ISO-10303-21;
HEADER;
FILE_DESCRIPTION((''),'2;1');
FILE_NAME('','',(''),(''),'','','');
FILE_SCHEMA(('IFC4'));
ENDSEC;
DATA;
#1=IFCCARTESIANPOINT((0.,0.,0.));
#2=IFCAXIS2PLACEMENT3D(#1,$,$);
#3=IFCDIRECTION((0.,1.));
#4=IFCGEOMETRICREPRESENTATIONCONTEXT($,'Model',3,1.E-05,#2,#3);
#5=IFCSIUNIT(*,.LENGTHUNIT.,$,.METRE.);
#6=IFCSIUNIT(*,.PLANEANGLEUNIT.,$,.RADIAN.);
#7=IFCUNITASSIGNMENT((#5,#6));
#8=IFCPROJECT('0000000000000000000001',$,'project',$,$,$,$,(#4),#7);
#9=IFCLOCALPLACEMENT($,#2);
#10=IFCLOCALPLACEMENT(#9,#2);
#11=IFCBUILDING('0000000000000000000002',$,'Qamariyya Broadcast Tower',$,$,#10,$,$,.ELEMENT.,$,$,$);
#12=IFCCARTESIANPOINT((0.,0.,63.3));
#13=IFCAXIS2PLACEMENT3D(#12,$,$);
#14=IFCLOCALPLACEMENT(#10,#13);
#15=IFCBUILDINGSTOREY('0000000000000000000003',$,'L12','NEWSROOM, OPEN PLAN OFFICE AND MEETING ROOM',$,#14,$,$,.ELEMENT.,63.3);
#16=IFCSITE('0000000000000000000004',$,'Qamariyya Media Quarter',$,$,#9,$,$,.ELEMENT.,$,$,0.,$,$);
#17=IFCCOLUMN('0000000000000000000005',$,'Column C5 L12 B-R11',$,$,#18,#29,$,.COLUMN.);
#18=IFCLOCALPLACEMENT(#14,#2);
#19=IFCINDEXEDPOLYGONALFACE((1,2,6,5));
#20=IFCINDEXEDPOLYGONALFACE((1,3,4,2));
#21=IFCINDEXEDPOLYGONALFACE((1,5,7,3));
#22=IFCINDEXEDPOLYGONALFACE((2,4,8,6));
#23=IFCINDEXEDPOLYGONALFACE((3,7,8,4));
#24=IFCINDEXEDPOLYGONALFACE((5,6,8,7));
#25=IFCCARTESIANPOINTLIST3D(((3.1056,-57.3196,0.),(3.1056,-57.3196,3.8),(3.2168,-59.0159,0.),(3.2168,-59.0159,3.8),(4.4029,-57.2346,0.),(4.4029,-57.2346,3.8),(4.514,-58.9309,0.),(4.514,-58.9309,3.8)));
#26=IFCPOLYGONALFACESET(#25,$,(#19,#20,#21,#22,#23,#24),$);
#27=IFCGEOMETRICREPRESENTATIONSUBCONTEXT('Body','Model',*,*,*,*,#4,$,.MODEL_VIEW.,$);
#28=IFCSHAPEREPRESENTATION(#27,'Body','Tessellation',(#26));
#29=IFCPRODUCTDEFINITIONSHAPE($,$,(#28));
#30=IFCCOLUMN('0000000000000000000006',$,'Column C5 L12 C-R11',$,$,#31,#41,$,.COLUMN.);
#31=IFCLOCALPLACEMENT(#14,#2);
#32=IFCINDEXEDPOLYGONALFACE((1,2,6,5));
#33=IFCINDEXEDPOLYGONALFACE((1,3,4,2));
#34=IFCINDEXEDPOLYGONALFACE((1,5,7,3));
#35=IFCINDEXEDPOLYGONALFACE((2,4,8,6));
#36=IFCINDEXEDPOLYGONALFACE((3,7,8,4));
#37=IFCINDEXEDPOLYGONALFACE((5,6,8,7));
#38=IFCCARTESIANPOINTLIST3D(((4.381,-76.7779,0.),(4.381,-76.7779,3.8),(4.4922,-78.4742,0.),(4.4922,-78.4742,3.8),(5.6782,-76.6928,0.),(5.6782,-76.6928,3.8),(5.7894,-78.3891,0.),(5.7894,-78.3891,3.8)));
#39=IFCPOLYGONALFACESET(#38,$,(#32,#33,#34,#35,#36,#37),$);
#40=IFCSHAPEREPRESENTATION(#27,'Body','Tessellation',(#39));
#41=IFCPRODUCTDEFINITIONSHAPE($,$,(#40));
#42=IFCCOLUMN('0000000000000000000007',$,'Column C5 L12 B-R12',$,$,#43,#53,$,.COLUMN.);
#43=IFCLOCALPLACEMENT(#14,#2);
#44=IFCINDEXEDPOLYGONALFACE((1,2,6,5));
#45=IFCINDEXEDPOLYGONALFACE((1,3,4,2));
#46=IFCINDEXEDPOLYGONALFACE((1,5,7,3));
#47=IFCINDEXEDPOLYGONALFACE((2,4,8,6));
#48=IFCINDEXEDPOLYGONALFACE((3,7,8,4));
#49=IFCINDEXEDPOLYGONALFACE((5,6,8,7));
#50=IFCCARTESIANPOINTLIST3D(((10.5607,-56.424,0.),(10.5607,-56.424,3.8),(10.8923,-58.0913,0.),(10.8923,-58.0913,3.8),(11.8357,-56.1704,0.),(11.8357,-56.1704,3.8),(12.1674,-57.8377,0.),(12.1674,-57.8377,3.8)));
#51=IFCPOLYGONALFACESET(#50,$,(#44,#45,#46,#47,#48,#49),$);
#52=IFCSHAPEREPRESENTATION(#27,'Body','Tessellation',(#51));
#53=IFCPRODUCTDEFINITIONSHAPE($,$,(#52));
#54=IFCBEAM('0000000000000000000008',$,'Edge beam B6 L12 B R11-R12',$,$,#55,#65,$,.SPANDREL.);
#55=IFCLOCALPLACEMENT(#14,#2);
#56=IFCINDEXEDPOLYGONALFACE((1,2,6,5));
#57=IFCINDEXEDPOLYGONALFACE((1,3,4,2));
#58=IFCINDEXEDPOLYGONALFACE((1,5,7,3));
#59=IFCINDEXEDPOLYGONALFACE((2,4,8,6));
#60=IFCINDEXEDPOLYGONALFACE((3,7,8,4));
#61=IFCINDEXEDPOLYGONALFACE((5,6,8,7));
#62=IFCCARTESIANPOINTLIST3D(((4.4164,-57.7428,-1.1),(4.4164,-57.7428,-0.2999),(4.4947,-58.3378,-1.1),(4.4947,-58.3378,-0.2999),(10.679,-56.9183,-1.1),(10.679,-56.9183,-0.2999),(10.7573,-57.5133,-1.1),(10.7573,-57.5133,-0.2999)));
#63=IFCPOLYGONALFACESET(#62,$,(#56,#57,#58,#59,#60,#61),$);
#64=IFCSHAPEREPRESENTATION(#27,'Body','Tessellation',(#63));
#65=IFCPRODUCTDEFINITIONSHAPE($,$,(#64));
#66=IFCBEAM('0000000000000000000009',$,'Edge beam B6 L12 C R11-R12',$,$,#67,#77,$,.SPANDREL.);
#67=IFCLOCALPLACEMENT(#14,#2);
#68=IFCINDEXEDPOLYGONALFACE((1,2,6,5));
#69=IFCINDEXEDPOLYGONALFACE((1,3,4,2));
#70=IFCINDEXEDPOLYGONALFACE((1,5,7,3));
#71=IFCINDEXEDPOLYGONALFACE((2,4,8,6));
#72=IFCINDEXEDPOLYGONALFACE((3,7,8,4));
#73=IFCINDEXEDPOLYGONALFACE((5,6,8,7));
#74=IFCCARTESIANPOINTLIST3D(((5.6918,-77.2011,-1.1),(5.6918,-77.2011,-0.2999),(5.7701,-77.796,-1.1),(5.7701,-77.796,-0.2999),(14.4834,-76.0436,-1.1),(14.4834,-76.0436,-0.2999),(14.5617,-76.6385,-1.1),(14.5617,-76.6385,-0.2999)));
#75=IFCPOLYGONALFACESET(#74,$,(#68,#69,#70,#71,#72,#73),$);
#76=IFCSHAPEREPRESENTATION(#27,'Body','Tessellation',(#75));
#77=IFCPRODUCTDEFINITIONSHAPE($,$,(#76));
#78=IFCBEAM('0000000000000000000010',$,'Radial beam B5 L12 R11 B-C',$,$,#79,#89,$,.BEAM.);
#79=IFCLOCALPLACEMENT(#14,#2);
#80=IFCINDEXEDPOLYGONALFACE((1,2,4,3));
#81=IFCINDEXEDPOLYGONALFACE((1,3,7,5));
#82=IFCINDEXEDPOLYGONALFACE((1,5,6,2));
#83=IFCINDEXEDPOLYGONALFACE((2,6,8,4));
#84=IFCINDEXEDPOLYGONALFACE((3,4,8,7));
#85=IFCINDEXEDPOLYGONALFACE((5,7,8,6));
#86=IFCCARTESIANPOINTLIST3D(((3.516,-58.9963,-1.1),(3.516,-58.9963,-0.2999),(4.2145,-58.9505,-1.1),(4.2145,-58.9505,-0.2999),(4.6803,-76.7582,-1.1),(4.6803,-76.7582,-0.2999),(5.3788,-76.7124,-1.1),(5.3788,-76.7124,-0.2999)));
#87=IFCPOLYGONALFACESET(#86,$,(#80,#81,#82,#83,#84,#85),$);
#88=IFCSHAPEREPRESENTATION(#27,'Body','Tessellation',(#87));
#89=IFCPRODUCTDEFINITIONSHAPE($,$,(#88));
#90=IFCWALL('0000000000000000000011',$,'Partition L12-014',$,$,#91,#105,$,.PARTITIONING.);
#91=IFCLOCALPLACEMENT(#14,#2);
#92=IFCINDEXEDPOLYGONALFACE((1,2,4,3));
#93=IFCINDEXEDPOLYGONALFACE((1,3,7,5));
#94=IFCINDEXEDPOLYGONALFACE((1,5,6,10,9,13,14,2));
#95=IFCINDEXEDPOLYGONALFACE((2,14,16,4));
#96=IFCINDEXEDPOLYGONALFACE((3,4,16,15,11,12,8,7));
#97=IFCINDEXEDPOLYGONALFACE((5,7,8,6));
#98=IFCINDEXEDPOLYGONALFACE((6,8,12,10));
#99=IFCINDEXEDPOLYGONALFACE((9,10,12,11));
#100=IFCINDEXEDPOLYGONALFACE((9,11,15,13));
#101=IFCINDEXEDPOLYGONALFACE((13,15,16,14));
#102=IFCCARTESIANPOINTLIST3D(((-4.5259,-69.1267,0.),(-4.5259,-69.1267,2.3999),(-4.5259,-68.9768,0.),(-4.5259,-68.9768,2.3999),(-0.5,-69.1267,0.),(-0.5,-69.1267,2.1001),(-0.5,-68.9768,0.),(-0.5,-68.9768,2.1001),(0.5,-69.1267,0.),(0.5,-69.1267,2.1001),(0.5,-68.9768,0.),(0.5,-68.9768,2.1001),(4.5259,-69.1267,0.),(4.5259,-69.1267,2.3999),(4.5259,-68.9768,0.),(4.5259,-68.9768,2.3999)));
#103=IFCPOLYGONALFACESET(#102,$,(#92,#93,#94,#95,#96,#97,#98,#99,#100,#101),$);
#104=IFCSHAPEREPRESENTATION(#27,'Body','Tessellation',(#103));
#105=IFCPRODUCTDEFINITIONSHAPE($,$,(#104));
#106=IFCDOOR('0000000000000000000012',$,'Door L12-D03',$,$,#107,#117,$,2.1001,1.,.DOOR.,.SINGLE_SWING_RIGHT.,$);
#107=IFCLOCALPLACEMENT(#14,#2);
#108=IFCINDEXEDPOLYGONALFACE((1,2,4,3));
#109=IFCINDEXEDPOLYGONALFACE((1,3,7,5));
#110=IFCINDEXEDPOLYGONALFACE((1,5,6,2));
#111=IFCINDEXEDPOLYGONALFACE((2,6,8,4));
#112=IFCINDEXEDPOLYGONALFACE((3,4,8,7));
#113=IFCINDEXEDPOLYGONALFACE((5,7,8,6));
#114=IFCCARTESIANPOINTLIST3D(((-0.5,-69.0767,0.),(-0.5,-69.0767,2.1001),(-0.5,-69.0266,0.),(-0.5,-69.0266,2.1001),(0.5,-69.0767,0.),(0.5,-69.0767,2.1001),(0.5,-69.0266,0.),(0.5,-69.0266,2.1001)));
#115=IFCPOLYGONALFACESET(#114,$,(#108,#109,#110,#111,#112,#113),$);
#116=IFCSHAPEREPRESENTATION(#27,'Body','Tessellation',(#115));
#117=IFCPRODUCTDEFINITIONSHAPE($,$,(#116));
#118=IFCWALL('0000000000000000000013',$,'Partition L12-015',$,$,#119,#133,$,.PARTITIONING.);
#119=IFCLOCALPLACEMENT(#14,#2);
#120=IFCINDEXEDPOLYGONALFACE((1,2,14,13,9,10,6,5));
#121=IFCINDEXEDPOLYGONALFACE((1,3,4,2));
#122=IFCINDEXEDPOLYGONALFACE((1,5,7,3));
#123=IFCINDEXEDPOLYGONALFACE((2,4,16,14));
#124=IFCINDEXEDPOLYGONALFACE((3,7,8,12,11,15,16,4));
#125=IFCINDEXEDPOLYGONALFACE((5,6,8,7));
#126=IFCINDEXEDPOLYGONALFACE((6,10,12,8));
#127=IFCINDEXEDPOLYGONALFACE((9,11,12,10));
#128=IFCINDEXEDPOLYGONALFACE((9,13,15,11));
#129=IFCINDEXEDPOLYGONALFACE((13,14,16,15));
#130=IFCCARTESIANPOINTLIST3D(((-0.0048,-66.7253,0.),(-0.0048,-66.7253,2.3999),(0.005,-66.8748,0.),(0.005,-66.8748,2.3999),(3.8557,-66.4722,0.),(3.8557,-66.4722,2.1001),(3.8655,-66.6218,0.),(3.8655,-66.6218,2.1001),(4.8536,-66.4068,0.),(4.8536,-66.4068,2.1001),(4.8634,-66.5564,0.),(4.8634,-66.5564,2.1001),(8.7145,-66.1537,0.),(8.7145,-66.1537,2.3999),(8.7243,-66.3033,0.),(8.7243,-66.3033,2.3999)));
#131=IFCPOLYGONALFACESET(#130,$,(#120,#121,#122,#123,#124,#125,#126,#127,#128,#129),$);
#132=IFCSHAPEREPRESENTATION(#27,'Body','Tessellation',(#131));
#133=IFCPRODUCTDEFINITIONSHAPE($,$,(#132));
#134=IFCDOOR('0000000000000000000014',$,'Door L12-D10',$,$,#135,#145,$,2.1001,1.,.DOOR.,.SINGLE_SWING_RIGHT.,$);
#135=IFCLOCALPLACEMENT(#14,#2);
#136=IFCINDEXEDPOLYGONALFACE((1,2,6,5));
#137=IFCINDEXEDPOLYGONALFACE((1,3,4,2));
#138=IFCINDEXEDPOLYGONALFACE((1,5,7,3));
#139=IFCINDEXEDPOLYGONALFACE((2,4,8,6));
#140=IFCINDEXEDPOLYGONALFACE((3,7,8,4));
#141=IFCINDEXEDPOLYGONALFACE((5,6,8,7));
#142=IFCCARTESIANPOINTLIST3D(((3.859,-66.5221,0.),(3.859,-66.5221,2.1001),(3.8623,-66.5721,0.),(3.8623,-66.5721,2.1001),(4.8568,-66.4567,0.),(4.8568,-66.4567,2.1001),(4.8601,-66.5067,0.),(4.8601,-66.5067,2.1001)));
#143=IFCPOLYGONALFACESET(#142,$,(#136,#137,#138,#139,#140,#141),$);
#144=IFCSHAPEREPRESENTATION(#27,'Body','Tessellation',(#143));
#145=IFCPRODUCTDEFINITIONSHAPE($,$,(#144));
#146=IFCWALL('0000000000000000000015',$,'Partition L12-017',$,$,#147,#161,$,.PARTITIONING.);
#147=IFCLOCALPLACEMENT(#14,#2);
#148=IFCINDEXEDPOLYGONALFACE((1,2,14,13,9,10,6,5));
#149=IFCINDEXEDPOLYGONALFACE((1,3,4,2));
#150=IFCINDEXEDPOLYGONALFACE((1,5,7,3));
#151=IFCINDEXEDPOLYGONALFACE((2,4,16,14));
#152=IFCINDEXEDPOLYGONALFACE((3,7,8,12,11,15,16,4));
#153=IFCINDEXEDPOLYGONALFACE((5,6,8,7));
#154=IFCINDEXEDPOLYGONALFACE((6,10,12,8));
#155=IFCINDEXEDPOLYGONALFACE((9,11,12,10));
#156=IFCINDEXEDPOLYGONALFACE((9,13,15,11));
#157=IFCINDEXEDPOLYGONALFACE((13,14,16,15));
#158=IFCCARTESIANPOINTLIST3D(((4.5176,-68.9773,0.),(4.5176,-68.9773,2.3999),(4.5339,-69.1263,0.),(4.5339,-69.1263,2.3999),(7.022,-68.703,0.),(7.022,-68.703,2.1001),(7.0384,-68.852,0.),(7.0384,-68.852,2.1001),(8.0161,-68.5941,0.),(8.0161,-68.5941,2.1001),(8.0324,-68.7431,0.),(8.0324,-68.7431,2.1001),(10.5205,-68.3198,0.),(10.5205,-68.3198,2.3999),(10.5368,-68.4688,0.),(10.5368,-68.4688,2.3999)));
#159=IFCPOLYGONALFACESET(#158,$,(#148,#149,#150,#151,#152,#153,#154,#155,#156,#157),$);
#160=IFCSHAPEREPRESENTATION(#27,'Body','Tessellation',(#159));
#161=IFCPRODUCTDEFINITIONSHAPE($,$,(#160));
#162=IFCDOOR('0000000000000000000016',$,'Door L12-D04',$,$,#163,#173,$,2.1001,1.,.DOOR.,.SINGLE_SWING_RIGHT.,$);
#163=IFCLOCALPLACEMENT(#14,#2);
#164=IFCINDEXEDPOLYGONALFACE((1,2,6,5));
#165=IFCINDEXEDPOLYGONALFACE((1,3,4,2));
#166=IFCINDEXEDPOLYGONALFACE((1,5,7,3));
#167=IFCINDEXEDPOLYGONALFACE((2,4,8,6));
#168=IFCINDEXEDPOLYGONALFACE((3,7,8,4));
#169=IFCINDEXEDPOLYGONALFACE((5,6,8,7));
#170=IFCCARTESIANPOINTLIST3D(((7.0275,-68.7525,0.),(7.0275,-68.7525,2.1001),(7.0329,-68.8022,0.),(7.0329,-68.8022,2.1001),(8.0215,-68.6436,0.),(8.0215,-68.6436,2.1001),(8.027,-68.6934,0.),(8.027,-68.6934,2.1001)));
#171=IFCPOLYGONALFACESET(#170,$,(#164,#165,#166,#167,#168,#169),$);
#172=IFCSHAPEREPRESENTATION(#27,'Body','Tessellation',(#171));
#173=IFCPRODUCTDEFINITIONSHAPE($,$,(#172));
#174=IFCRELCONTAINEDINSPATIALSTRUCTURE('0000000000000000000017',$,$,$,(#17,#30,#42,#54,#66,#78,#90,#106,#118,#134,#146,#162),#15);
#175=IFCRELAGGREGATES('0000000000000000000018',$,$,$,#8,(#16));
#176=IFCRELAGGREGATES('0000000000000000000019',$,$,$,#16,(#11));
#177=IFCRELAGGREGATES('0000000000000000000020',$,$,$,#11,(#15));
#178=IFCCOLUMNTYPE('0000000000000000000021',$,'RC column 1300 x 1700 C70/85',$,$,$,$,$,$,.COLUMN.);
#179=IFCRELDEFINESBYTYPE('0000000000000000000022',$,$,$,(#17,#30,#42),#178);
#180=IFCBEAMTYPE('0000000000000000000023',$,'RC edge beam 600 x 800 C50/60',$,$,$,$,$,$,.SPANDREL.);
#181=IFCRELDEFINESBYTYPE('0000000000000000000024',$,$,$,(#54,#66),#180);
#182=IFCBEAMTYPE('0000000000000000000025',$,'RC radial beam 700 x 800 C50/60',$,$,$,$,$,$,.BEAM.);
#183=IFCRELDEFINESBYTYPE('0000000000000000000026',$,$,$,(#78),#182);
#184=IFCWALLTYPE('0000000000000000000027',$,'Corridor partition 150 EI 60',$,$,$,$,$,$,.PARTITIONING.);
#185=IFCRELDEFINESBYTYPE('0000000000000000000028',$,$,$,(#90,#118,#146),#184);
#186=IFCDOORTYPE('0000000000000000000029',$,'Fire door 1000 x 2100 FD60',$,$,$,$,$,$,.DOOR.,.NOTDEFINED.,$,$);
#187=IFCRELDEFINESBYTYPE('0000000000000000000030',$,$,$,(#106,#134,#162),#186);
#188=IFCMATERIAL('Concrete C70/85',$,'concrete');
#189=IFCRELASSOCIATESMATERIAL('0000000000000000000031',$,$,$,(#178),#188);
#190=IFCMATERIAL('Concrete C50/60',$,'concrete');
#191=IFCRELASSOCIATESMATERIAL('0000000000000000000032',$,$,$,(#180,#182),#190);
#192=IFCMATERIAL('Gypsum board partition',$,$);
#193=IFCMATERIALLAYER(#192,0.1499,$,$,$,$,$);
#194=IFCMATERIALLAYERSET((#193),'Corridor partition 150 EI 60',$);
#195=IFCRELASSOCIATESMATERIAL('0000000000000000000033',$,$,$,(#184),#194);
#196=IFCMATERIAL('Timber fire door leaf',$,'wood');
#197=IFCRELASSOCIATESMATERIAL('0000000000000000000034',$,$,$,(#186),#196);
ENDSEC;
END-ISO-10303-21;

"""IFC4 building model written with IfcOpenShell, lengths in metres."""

from ifc_helpers import new_model, si_unit, direction, frame, frame_2d, origin, origin_2d, place, context, subcontext, project, spatial, rectangle, extrude, material, layer, layer_set, material_profile, profile_set, type_object, element, fill, save


model = new_model("IFC4")

# Units and contexts
model_context = context("Model", 3, precision=1e-05, world=origin(), true_north=direction((0.0, 1.0)))
body_context = subcontext(model_context, "Body", "Model", "MODEL_VIEW")
ifc_project = project(units=[si_unit("LENGTHUNIT", "METRE"), si_unit("PLANEANGLEUNIT", "RADIAN")], contexts=[model_context])

# Site, building, storey
site_placement = place(None, origin())
site = spatial("IfcSite", under=ifc_project, at=site_placement, Name="Qamariyya Media Quarter", CompositionType="ELEMENT", RefElevation=0.0)
building_placement = place(site_placement, origin())
building = spatial("IfcBuilding", under=site, at=building_placement, Name="Qamariyya Broadcast Tower", CompositionType="ELEMENT")
storey_placement = place(building_placement, frame((0.0, 0.0, 63.3)))
storey = spatial("IfcBuildingStorey", under=building, at=storey_placement, Name="L12", Description="NEWSROOM, OPEN PLAN OFFICE AND MEETING ROOM", CompositionType="ELEMENT", Elevation=63.3)

# Columns
ifc_material_1 = material(Name="Concrete C70/85", Category="concrete")
ifc_material_profile_1 = material_profile(ifc_material_1, rectangle(XDim=1.3, YDim=1.7, at=origin_2d()))
ifc_profile_set_1 = profile_set([ifc_material_profile_1], Name="Concrete C70/85")
column_type = type_object("IfcColumnType", Name="RC column 1300 x 1700 C70/85", PredefinedType="COLUMN", material=ifc_profile_set_1)
for number, where, z_axis, x_axis, name in (
    (1, (3.8098, -58.1252, 0.0), (0.0, 0.0, 1.0), (0.997859, 0.065403, 0.0), "Column C5 L12 B-R11"),
    (2, (5.0852, -77.5835, 0.0), (0.0, 0.0, 1.0), (0.997859, 0.065403, 0.0), "Column C5 L12 C-R11"),
    (3, (11.364, -57.1309, 0.0), (0.0, 0.0, 1.0), (0.980785, 0.19509, 0.0), "Column C5 L12 B-R12"),
):
    element("IfcColumn", number, at=place(storey_placement, frame(where, z_axis=z_axis, x_axis=x_axis)), inside=storey, type_object=column_type, Name=name, PredefinedType="COLUMN", context=body_context, shape_type="SweptSolid", body=[
        extrude(rectangle(XDim=1.3, YDim=1.7, at=origin_2d()), origin(), (0.0, 0.0, 1.0), 3.8),
    ])

# Beams
ifc_material_2 = material(Name="Concrete C50/60", Category="concrete")
ifc_material_profile_2 = material_profile(ifc_material_2, rectangle(XDim=0.6001, YDim=0.8, at=origin_2d()))
ifc_profile_set_2 = profile_set([ifc_material_profile_2], Name="Concrete C50/60")
beam_type_1 = type_object("IfcBeamType", Name="RC edge beam 600 x 800 C50/60", PredefinedType="SPANDREL", material=ifc_profile_set_2)
beam_1_placement = place(storey_placement, frame((4.4556, -58.0403, -0.7), z_axis=(0.991446, 0.13052, 0.0), x_axis=(-0.13052, 0.991446, 0.0)))
element("IfcBeam", 4, at=beam_1_placement, inside=storey, type_object=beam_type_1, Name="Edge beam B6 L12 B R11-R12", PredefinedType="SPANDREL", context=body_context, shape_type="SweptSolid", body=[
    extrude(rectangle(XDim=0.6001, YDim=0.8, at=origin_2d()), origin(), (0.0, 0.0, 1.0), 6.3167),
])
beam_2_placement = place(storey_placement, frame((5.731, -77.4985, -0.7), z_axis=(0.991444, 0.130531, 0.0), x_axis=(-0.130531, 0.991444, 0.0)))
element("IfcBeam", 5, at=beam_2_placement, inside=storey, type_object=beam_type_1, Name="Edge beam B6 L12 C R11-R12", PredefinedType="SPANDREL", context=body_context, shape_type="SweptSolid", body=[
    extrude(rectangle(XDim=0.6001, YDim=0.8, at=origin_2d()), origin(), (0.0, 0.0, 1.0), 8.8674),
])
ifc_material_profile_3 = material_profile(ifc_material_2, rectangle(XDim=0.7, YDim=0.8, at=origin_2d()))
ifc_profile_set_3 = profile_set([ifc_material_profile_3], Name="Concrete C50/60")
beam_type_2 = type_object("IfcBeamType", Name="RC radial beam 700 x 800 C50/60", PredefinedType="BEAM", material=ifc_profile_set_3)
beam_3_placement = place(storey_placement, frame((3.8652, -58.9734, -0.7), z_axis=(0.06541, -0.997858, 0.0), x_axis=(0.997858, 0.06541, 0.0)))
element("IfcBeam", 6, at=beam_3_placement, inside=storey, type_object=beam_type_2, Name="Radial beam B5 L12 R11 B-C", PredefinedType="BEAM", context=body_context, shape_type="SweptSolid", body=[
    extrude(rectangle(XDim=0.7, YDim=0.8, at=origin_2d()), origin(), (0.0, 0.0, 1.0), 17.8),
])

# Walls, openings, doors
ifc_material_3 = material(Name="Gypsum board partition")
ifc_layer_1 = layer(ifc_material_3, 0.1499)
ifc_layer_set_1 = layer_set([ifc_layer_1], Name="Corridor partition 150 EI 60")
wall_type_1 = type_object("IfcWallType", Name="Corridor partition 150 EI 60", PredefinedType="PARTITIONING", material=ifc_layer_set_1)
wall_1_placement = place(storey_placement, frame((4.5259, -69.0518, 0.0), z_axis=(0.0, 0.0, 1.0), x_axis=(-1.0, 0.0, 0.0)))
wall_1 = element("IfcWall", 7, at=wall_1_placement, inside=storey, type_object=wall_type_1, Name="Partition L12-014", PredefinedType="PARTITIONING", context=body_context, shape_type="SweptSolid", body=[
    extrude(rectangle(XDim=9.0518, YDim=0.1499, at=frame_2d((4.5259, 0.0))), origin(), (0.0, 0.0, 1.0), 2.3999),
])
opening_1_placement = place(wall_1_placement, frame((4.0259, 0.0, 0.0)))
opening_1 = element("IfcOpeningElement", 8, at=opening_1_placement, cuts=wall_1, PredefinedType="OPENING", context=body_context, shape_type="SweptSolid", body=[
    extrude(rectangle(XDim=1.0, YDim=2.1001, at=frame_2d((0.5, 1.05))), frame((0.0, 0.085, 0.0), z_axis=(0.0, -1.0, 0.0), x_axis=(1.0, 0.0, 0.0)), (0.0, 0.0, 1.0), 0.1699),
])
ifc_material_4 = material(Name="Timber fire door leaf", Category="wood")
door_type_1 = type_object("IfcDoorType", Name="Fire door 1000 x 2100 FD60", OperationType="NOTDEFINED", PredefinedType="DOOR", material=ifc_material_4)
door_1_placement = place(opening_1_placement, origin())
door_1 = element("IfcDoor", 9, at=door_1_placement, inside=storey, type_object=door_type_1, Name="Door L12-D03", OperationType="SINGLE_SWING_RIGHT", OverallHeight=2.1001, OverallWidth=1.0, PredefinedType="DOOR", context=body_context, shape_type="SweptSolid", body=[
    extrude(rectangle(XDim=1.0, YDim=2.1001, at=frame_2d((0.5, 1.05))), frame((0.0, 0.0249, 0.0), z_axis=(0.0, -1.0, 0.0), x_axis=(1.0, 0.0, 0.0)), (0.0, 0.0, 1.0), 0.05),
])
fill(opening_1, door_1)
wall_2_placement = place(storey_placement, frame((0.0, -66.8, 0.0), z_axis=(0.0, 0.0, 1.0), x_axis=(0.997859, 0.065408, 0.0)))
wall_2 = element("IfcWall", 10, at=wall_2_placement, inside=storey, type_object=wall_type_1, Name="Partition L12-015", PredefinedType="PARTITIONING", context=body_context, shape_type="SweptSolid", body=[
    extrude(rectangle(XDim=8.738, YDim=0.1499, at=frame_2d((4.3691, 0.0))), origin(), (0.0, 0.0, 1.0), 2.3999),
])
opening_2_placement = place(wall_2_placement, frame((3.8689, 0.0, 0.0)))
opening_2 = element("IfcOpeningElement", 11, at=opening_2_placement, cuts=wall_2, PredefinedType="OPENING", context=body_context, shape_type="SweptSolid", body=[
    extrude(rectangle(XDim=1.0, YDim=2.1001, at=frame_2d((0.5, 1.05))), frame((0.0, 0.085, 0.0), z_axis=(0.0, -1.0, 0.0), x_axis=(1.0, 0.0, 0.0)), (0.0, 0.0, 1.0), 0.1699),
])
door_2_placement = place(opening_2_placement, origin())
door_2 = element("IfcDoor", 12, at=door_2_placement, inside=storey, type_object=door_type_1, Name="Door L12-D10", OperationType="SINGLE_SWING_RIGHT", OverallHeight=2.1001, OverallWidth=1.0, PredefinedType="DOOR", context=body_context, shape_type="SweptSolid", body=[
    extrude(rectangle(XDim=1.0, YDim=2.1001, at=frame_2d((0.5, 1.05))), frame((0.0, 0.0249, 0.0), z_axis=(0.0, -1.0, 0.0), x_axis=(1.0, 0.0, 0.0)), (0.0, 0.0, 1.0), 0.05),
])
fill(opening_2, door_2)
wall_3_placement = place(storey_placement, frame((10.5288, -68.3943, 0.0), z_axis=(0.0, 0.0, 1.0), x_axis=(-0.994056, -0.108874, 0.0)))
wall_3 = element("IfcWall", 13, at=wall_3_placement, inside=storey, type_object=wall_type_1, Name="Partition L12-017", PredefinedType="PARTITIONING", context=body_context, shape_type="SweptSolid", body=[
    extrude(rectangle(XDim=6.0388, YDim=0.1499, at=frame_2d((3.0195, 0.0))), origin(), (0.0, 0.0, 1.0), 2.3999),
])
opening_3_placement = place(wall_3_placement, frame((2.5195, 0.0, 0.0)))
opening_3 = element("IfcOpeningElement", 14, at=opening_3_placement, cuts=wall_3, PredefinedType="OPENING", context=body_context, shape_type="SweptSolid", body=[
    extrude(rectangle(XDim=1.0, YDim=2.1001, at=frame_2d((0.5, 1.05))), frame((0.0, 0.085, 0.0), z_axis=(0.0, -1.0, 0.0), x_axis=(1.0, 0.0, 0.0)), (0.0, 0.0, 1.0), 0.1699),
])
door_3_placement = place(opening_3_placement, origin())
door_3 = element("IfcDoor", 15, at=door_3_placement, inside=storey, type_object=door_type_1, Name="Door L12-D04", OperationType="SINGLE_SWING_RIGHT", OverallHeight=2.1001, OverallWidth=1.0, PredefinedType="DOOR", context=body_context, shape_type="SweptSolid", body=[
    extrude(rectangle(XDim=1.0, YDim=2.1001, at=frame_2d((0.5, 1.05))), frame((0.0, 0.0249, 0.0), z_axis=(0.0, -1.0, 0.0), x_axis=(1.0, 0.0, 0.0)), (0.0, 0.0, 1.0), 0.05),
])
fill(opening_3, door_3)

save(model, "model.ifc")
